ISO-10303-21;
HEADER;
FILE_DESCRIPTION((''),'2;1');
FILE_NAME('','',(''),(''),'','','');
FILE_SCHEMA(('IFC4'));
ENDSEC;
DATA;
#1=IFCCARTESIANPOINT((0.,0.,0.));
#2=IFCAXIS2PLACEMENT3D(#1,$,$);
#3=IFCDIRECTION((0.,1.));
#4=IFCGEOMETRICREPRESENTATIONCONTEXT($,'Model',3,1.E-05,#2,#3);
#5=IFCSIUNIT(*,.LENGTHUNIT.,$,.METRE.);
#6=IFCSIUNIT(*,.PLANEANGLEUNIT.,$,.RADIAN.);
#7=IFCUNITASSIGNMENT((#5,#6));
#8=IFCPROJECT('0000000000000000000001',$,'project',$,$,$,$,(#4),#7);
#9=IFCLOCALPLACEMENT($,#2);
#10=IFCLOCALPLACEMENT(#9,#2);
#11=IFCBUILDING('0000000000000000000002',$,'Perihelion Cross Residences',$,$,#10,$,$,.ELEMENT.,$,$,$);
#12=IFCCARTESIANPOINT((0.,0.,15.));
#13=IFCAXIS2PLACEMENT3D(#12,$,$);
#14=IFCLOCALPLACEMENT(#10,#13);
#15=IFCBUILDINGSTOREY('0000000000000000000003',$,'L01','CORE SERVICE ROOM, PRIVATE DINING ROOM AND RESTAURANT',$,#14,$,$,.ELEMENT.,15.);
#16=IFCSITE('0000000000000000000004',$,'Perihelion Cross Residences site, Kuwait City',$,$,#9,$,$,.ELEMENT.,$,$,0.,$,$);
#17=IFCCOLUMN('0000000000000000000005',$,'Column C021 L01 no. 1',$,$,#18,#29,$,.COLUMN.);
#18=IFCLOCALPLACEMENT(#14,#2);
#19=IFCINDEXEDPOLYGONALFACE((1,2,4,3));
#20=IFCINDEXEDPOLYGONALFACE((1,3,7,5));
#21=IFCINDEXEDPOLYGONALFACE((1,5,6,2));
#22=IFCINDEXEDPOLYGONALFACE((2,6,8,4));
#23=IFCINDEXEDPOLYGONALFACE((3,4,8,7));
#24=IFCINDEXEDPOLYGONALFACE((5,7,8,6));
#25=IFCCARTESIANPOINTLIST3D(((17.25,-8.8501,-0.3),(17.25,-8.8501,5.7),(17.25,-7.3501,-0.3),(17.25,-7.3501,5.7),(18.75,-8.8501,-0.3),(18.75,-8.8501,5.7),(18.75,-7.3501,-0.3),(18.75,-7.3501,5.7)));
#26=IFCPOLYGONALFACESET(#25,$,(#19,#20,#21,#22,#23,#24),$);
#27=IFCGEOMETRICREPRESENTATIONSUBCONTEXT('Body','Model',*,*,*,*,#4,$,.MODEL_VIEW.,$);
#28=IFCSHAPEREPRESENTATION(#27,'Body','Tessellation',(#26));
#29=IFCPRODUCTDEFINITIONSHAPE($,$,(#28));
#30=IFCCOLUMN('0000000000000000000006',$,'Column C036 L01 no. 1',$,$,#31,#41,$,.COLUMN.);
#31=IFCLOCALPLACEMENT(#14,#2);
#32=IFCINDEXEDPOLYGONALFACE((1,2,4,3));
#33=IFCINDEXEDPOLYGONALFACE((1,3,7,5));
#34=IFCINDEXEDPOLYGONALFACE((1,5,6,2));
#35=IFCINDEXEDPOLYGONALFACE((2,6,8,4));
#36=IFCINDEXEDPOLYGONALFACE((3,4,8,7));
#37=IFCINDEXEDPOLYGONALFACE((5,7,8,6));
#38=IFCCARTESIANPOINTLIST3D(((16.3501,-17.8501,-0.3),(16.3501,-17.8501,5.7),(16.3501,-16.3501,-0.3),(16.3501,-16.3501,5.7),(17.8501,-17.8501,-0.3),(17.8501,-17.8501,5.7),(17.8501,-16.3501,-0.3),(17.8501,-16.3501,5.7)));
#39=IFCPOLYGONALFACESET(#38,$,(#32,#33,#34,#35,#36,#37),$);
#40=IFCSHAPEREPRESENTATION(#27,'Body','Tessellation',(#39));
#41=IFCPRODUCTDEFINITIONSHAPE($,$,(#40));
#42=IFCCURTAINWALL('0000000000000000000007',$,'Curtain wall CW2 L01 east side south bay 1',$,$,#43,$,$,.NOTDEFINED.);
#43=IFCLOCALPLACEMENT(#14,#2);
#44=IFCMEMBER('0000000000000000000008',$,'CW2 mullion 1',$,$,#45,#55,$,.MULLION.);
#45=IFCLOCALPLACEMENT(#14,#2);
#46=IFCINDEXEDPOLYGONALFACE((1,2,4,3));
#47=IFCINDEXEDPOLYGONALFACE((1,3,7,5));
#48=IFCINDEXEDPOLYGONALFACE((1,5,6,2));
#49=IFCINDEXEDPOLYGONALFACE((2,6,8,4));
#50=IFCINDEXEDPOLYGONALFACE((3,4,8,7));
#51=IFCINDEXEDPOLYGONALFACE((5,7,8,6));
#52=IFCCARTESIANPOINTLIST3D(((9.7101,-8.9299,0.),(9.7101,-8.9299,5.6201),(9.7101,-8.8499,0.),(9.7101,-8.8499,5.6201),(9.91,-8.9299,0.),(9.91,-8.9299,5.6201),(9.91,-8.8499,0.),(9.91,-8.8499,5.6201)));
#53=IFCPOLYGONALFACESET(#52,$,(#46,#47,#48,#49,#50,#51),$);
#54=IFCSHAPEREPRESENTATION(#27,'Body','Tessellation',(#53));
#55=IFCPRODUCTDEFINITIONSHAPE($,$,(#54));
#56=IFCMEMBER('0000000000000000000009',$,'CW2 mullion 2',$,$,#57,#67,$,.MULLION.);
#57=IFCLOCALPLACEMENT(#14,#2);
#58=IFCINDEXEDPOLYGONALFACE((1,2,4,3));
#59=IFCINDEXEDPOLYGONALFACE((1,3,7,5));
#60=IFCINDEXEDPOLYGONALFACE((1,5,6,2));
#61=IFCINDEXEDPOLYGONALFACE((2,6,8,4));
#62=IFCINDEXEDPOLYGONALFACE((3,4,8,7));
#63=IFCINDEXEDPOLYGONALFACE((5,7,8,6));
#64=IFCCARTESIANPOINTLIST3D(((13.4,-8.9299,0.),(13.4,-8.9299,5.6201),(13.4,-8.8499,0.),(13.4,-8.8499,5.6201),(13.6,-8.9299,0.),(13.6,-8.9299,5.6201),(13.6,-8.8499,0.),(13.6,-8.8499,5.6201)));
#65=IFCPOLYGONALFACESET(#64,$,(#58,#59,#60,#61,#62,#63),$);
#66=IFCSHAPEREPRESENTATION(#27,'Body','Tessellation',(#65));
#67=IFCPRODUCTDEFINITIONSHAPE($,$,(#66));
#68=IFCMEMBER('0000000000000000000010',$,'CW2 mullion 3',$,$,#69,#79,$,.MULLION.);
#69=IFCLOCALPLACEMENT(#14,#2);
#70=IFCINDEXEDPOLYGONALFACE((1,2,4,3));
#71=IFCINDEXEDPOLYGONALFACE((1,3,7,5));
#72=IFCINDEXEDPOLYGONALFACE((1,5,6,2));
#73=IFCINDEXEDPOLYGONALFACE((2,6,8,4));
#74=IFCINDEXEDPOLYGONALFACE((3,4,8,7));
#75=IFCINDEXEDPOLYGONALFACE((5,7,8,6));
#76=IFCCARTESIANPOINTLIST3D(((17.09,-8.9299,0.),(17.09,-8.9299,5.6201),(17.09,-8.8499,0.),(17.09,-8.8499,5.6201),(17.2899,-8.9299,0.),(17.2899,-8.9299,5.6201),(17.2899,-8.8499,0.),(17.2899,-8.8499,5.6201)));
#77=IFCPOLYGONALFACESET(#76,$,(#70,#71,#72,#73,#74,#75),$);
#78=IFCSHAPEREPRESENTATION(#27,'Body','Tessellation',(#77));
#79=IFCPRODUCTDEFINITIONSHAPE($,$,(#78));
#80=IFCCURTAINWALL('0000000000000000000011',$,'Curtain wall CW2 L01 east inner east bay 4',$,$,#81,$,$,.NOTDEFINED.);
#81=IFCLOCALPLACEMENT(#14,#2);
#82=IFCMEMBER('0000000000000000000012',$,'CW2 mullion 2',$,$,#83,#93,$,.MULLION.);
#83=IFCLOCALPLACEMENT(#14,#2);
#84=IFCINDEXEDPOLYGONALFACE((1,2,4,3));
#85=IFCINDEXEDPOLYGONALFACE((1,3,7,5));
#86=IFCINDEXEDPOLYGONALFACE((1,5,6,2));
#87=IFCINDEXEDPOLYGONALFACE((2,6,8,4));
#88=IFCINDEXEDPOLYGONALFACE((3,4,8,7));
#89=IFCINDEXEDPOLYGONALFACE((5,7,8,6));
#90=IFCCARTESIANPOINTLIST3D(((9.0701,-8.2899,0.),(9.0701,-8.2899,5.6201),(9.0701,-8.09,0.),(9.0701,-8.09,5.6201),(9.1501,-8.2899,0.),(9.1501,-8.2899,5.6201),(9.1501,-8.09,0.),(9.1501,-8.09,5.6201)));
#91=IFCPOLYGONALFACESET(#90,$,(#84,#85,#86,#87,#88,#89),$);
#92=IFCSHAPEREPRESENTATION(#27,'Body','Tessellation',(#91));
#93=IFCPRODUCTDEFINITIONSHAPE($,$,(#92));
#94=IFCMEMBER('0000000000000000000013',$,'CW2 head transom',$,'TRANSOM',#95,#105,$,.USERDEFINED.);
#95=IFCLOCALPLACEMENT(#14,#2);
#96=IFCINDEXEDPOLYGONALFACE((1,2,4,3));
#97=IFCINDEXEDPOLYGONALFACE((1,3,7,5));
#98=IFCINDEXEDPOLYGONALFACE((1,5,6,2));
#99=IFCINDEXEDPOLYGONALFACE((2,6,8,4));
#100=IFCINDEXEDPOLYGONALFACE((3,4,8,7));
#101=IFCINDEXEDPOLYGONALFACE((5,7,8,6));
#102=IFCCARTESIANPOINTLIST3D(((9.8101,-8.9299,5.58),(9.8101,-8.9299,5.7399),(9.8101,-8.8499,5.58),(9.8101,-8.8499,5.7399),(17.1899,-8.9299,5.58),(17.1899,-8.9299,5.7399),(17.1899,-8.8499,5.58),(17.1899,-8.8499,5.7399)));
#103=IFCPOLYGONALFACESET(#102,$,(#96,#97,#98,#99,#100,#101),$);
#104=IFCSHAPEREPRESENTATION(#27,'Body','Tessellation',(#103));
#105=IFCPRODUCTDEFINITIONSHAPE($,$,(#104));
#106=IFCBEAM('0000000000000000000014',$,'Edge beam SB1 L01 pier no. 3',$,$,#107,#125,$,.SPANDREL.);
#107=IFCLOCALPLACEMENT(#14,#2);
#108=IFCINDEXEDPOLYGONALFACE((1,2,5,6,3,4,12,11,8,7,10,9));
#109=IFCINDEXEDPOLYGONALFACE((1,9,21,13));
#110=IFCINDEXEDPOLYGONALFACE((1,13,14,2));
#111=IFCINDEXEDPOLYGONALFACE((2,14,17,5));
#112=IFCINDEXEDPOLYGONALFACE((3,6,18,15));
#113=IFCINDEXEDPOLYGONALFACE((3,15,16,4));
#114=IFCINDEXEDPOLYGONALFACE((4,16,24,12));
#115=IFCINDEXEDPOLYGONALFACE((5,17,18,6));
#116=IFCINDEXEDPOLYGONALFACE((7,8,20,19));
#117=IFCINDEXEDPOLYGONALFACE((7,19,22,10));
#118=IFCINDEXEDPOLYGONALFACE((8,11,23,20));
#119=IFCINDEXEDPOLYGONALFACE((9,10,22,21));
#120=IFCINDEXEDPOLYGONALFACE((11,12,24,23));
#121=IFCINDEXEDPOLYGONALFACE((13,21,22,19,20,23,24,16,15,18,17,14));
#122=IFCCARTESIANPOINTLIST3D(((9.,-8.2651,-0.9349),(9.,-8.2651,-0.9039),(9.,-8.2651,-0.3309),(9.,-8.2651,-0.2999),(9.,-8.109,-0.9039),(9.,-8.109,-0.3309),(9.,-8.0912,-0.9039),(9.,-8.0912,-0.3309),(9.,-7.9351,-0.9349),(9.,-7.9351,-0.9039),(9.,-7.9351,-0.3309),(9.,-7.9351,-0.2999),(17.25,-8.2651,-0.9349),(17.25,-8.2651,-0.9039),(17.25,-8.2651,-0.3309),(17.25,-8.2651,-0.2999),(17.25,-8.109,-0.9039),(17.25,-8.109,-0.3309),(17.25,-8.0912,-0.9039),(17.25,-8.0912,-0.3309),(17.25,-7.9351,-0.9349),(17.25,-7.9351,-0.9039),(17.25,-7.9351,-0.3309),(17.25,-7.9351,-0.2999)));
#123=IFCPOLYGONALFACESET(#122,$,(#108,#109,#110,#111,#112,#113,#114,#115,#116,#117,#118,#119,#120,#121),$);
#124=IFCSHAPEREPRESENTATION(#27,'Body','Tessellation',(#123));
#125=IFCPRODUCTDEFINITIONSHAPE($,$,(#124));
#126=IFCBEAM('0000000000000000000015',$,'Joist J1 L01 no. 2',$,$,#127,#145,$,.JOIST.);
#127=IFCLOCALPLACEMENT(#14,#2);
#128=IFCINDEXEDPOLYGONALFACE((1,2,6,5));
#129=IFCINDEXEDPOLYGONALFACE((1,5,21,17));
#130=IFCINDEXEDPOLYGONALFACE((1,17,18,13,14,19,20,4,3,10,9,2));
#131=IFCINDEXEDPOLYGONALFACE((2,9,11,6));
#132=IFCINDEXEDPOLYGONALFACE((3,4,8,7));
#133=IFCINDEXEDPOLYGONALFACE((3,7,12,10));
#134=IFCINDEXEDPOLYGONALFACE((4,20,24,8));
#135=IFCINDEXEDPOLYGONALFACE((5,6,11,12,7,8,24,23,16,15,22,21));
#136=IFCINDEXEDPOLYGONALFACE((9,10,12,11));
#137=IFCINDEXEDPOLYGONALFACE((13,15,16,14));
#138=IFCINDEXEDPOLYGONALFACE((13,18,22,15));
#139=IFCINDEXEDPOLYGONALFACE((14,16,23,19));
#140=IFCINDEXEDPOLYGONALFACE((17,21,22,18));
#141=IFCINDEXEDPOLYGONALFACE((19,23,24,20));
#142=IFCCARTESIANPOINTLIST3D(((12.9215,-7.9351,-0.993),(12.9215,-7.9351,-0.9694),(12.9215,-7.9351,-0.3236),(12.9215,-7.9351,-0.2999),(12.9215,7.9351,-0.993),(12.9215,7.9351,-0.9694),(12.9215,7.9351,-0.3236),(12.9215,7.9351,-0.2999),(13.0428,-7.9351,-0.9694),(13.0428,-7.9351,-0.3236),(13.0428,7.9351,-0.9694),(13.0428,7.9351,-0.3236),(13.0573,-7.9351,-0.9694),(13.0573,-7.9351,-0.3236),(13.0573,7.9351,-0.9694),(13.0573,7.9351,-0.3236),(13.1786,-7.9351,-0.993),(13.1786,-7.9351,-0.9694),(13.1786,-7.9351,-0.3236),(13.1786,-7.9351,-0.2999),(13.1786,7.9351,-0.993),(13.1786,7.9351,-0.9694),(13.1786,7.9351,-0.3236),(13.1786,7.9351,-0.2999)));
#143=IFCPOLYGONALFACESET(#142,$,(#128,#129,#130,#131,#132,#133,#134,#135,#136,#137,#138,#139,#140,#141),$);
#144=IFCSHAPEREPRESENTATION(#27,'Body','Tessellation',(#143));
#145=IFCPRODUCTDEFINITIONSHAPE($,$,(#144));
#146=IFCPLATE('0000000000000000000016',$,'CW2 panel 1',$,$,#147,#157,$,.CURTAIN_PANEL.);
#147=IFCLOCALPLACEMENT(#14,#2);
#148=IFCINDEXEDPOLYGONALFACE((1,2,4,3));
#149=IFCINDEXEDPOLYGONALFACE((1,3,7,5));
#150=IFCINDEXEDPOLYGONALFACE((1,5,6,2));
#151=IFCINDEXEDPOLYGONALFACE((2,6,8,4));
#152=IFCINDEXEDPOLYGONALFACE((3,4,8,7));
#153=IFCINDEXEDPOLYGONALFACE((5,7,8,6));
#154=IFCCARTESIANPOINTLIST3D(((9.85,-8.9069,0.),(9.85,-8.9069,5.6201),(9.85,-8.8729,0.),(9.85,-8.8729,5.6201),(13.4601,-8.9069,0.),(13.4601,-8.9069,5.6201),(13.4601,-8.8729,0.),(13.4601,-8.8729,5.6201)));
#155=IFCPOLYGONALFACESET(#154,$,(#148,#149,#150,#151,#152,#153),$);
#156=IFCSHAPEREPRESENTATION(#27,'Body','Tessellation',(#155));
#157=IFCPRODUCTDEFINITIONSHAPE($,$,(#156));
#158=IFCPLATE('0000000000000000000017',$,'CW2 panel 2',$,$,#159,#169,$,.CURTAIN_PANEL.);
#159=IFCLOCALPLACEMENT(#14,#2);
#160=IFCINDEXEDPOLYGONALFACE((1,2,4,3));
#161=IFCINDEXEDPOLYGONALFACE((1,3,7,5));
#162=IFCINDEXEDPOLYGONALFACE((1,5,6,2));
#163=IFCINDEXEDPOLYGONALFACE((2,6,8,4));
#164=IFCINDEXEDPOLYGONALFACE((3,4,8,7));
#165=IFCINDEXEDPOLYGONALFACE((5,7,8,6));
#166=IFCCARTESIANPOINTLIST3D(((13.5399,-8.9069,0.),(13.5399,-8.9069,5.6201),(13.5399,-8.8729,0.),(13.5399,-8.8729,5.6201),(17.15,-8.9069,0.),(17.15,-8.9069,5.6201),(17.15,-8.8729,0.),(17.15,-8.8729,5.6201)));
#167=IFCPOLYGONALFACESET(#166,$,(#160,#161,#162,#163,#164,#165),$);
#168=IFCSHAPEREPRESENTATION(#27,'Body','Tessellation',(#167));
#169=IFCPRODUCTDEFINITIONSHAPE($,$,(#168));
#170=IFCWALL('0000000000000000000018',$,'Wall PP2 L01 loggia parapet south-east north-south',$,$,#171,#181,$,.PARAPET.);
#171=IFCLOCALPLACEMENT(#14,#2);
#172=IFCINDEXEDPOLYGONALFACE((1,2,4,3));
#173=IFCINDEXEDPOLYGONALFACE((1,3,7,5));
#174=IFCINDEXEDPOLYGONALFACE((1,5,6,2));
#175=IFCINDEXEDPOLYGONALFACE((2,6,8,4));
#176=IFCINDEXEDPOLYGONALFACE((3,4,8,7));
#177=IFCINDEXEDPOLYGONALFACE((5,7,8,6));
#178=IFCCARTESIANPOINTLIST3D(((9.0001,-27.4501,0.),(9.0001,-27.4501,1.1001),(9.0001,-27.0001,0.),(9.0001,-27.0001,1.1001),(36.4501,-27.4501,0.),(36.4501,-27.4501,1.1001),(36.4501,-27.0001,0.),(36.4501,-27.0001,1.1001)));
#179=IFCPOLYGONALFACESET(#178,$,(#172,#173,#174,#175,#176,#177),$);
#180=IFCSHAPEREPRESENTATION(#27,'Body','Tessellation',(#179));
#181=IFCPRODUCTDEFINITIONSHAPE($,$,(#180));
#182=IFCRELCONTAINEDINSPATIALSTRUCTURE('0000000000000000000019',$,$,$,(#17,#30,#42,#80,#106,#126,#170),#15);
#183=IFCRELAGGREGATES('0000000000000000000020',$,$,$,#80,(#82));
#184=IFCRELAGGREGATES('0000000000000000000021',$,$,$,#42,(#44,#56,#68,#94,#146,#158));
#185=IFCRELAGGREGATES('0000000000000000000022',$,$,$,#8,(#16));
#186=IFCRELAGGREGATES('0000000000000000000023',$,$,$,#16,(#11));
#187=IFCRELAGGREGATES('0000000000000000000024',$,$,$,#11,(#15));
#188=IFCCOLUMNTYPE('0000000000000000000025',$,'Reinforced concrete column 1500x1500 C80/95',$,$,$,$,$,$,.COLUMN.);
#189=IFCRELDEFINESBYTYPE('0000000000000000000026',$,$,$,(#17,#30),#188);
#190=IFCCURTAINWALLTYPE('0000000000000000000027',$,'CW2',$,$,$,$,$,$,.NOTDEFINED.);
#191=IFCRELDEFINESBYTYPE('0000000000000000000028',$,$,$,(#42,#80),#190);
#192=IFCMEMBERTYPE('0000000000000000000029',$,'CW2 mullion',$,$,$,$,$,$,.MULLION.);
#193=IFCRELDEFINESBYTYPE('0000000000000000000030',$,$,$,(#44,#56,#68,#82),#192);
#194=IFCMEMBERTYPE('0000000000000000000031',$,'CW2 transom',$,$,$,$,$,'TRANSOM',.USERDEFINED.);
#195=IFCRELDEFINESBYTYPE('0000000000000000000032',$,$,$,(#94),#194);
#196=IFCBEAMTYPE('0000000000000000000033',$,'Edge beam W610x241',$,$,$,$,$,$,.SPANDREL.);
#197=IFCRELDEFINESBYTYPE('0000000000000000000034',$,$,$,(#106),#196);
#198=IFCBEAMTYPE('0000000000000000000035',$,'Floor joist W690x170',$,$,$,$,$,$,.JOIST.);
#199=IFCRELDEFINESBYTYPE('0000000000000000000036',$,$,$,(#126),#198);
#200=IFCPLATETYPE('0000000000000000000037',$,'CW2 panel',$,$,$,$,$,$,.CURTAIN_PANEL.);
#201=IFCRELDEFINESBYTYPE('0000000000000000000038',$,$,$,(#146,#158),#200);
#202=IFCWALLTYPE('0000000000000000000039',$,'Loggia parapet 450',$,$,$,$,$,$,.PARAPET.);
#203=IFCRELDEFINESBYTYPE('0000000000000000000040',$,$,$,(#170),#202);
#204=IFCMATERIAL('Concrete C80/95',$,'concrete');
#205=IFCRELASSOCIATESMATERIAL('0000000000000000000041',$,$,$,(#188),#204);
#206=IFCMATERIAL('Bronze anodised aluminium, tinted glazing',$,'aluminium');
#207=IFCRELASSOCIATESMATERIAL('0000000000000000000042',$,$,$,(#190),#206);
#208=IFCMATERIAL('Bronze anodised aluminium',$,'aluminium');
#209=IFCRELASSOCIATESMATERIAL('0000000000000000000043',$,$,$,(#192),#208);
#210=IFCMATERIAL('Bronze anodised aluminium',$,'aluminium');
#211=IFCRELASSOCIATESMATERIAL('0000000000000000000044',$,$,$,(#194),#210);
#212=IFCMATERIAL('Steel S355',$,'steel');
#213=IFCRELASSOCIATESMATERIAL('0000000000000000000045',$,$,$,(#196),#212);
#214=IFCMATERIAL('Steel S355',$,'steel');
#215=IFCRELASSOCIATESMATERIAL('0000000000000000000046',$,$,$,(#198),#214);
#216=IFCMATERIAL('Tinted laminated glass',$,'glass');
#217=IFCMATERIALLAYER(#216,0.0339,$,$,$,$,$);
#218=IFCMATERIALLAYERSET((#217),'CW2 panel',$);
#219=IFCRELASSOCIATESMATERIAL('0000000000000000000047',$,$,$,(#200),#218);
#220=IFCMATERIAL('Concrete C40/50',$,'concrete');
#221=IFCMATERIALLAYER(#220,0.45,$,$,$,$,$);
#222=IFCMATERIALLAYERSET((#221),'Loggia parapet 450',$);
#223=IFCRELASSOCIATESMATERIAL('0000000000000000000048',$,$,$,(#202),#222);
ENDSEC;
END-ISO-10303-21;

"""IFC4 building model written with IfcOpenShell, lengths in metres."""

from ifc_helpers import new_model, si_unit, direction, frame, frame_2d, origin, origin_2d, place, context, subcontext, project, spatial, rectangle, i_section, extrude, material, layer, layer_set, material_profile, profile_set, type_object, element, aggregate, save


model = new_model("IFC4")

# Units and contexts
model_context = context("Model", 3, precision=1e-05, world=origin(), true_north=direction((0.0, 1.0)))
body_context = subcontext(model_context, "Body", "Model", "MODEL_VIEW")
ifc_project = project(units=[si_unit("LENGTHUNIT", "METRE"), si_unit("PLANEANGLEUNIT", "RADIAN")], contexts=[model_context])

# Site, building, storey
site_placement = place(None, origin())
site = spatial("IfcSite", under=ifc_project, at=site_placement, Name="Perihelion Cross Residences site, Kuwait City", CompositionType="ELEMENT", RefElevation=0.0)
building_placement = place(site_placement, origin())
building = spatial("IfcBuilding", under=site, at=building_placement, Name="Perihelion Cross Residences", CompositionType="ELEMENT")
storey_placement = place(building_placement, frame((0.0, 0.0, 15.0)))
storey = spatial("IfcBuildingStorey", under=building, at=storey_placement, Name="L01", Description="CORE SERVICE ROOM, PRIVATE DINING ROOM AND RESTAURANT", CompositionType="ELEMENT", Elevation=15.0)

# Columns
ifc_material_1 = material(Name="Concrete C80/95", Category="concrete")
ifc_material_profile_1 = material_profile(ifc_material_1, rectangle(XDim=1.5, YDim=1.5, at=origin_2d()), Name="RC 1500x1500")
ifc_profile_set_1 = profile_set([ifc_material_profile_1], Name="Concrete C80/95")
column_type = type_object("IfcColumnType", Name="Reinforced concrete column 1500x1500 C80/95", PredefinedType="COLUMN", material=ifc_profile_set_1)
for number, where, z_axis, x_axis, name in (
    (1, (18.0, -8.1001, -0.3), (0.0, 0.0, 1.0), (1.0, 0.0, 0.0), "Column C021 L01 no. 1"),
    (2, (17.1001, -17.1001, -0.3), (0.0, 0.0, 1.0), (1.0, 0.0, 0.0), "Column C036 L01 no. 1"),
):
    element("IfcColumn", number, at=place(storey_placement, frame(where, z_axis=z_axis, x_axis=x_axis)), inside=storey, type_object=column_type, Name=name, PredefinedType="COLUMN", context=body_context, shape_type="SweptSolid", body=[
        extrude(rectangle(XDim=1.5, YDim=1.5, at=origin_2d()), origin(), (0.0, 0.0, 1.0), 6.0),
    ])

# Curtain wall, members
ifc_material_2 = material(Name="Bronze anodised aluminium, tinted glazing", Category="aluminium")
curtain_wall_type = type_object("IfcCurtainWallType", Name="CW2", PredefinedType="NOTDEFINED", material=ifc_material_2)
curtain_wall_1_placement = place(storey_placement, origin())
curtain_wall_1 = element("IfcCurtainWall", 3, at=curtain_wall_1_placement, inside=storey, type_object=curtain_wall_type, Name="Curtain wall CW2 L01 east side south bay 1", PredefinedType="NOTDEFINED")
ifc_material_3 = material(Name="Bronze anodised aluminium", Category="aluminium")
ifc_material_profile_2 = material_profile(ifc_material_3, rectangle(XDim=0.0801, YDim=0.2, at=origin_2d()), Name="CW2 mullion")
ifc_profile_set_2 = profile_set([ifc_material_profile_2], Name="Bronze anodised aluminium")
member_type_1 = type_object("IfcMemberType", Name="CW2 mullion", PredefinedType="MULLION", material=ifc_profile_set_2)
member_1_placement = place(storey_placement, frame((9.8101, -8.8899, 0.0), z_axis=(0.0, 0.0, 1.0), x_axis=(0.0, 1.0, 0.0)))
member_1 = element("IfcMember", 4, at=member_1_placement, type_object=member_type_1, Name="CW2 mullion 1", PredefinedType="MULLION", context=body_context, shape_type="SweptSolid", body=[
    extrude(rectangle(XDim=0.0801, YDim=0.2, at=origin_2d()), origin(), (0.0, 0.0, 1.0), 5.6201),
])
member_2_placement = place(storey_placement, frame((13.5, -8.8899, 0.0), z_axis=(0.0, 0.0, 1.0), x_axis=(0.0, 1.0, 0.0)))
member_2 = element("IfcMember", 5, at=member_2_placement, type_object=member_type_1, Name="CW2 mullion 2", PredefinedType="MULLION", context=body_context, shape_type="SweptSolid", body=[
    extrude(rectangle(XDim=0.0801, YDim=0.2, at=origin_2d()), origin(), (0.0, 0.0, 1.0), 5.6201),
])
member_3_placement = place(storey_placement, frame((17.1899, -8.8899, 0.0), z_axis=(0.0, 0.0, 1.0), x_axis=(0.0, 1.0, 0.0)))
member_3 = element("IfcMember", 6, at=member_3_placement, type_object=member_type_1, Name="CW2 mullion 3", PredefinedType="MULLION", context=body_context, shape_type="SweptSolid", body=[
    extrude(rectangle(XDim=0.0801, YDim=0.2, at=origin_2d()), origin(), (0.0, 0.0, 1.0), 5.6201),
])

# Curtain wall, member
curtain_wall_2_placement = place(storey_placement, origin())
curtain_wall_2 = element("IfcCurtainWall", 7, at=curtain_wall_2_placement, inside=storey, type_object=curtain_wall_type, Name="Curtain wall CW2 L01 east inner east bay 4", PredefinedType="NOTDEFINED")
member_4_placement = place(storey_placement, frame((9.1101, -8.1899, 0.0), z_axis=(0.0, 0.0, 1.0), x_axis=(1.0, 0.0, 0.0)))
member_4 = element("IfcMember", 8, at=member_4_placement, type_object=member_type_1, Name="CW2 mullion 2", PredefinedType="MULLION", context=body_context, shape_type="SweptSolid", body=[
    extrude(rectangle(XDim=0.0801, YDim=0.2, at=origin_2d()), origin(), (0.0, 0.0, 1.0), 5.6201),
])
aggregate(curtain_wall_2, [member_4])

# Member
ifc_material_4 = material(Name="Bronze anodised aluminium", Category="aluminium")
ifc_material_profile_3 = material_profile(ifc_material_4, rectangle(XDim=0.0801, YDim=0.1599, at=origin_2d()), Name="CW2 transom")
ifc_profile_set_3 = profile_set([ifc_material_profile_3], Name="Bronze anodised aluminium")
member_type_2 = type_object("IfcMemberType", Name="CW2 transom", ElementType="TRANSOM", PredefinedType="USERDEFINED", material=ifc_profile_set_3)
member_5_placement = place(storey_placement, frame((9.8101, -8.8899, 5.6599), z_axis=(1.0, 0.0, 0.0), x_axis=(0.0, 1.0, 0.0)))
member_5 = element("IfcMember", 9, at=member_5_placement, type_object=member_type_2, Name="CW2 head transom", ObjectType="TRANSOM", PredefinedType="USERDEFINED", context=body_context, shape_type="SweptSolid", body=[
    extrude(rectangle(XDim=0.0801, YDim=0.1599, at=origin_2d()), origin(), (0.0, 0.0, 1.0), 7.3799),
])

# Beams
ifc_material_5 = material(Name="Steel S355", Category="steel")
ifc_material_profile_4 = material_profile(ifc_material_5, i_section(OverallWidth=0.3301, OverallDepth=0.635, WebThickness=0.0178, FlangeThickness=0.031, at=origin_2d()), Name="W610x241")
ifc_profile_set_4 = profile_set([ifc_material_profile_4], Name="Steel S355")
beam_type_1 = type_object("IfcBeamType", Name="Edge beam W610x241", PredefinedType="SPANDREL", material=ifc_profile_set_4)
beam_1_placement = place(storey_placement, frame((9.0, -8.1001, -0.6174), z_axis=(1.0, 0.0, 0.0), x_axis=(0.0, 1.0, 0.0)))
element("IfcBeam", 10, at=beam_1_placement, inside=storey, type_object=beam_type_1, Name="Edge beam SB1 L01 pier no. 3", PredefinedType="SPANDREL", context=body_context, shape_type="SweptSolid", body=[
    extrude(i_section(OverallWidth=0.3301, OverallDepth=0.635, WebThickness=0.0178, FlangeThickness=0.031, at=origin_2d()), origin(), (0.0, 0.0, 1.0), 8.25),
])
ifc_material_6 = material(Name="Steel S355", Category="steel")
ifc_material_profile_5 = material_profile(ifc_material_6, i_section(OverallWidth=0.2571, OverallDepth=0.6931, WebThickness=0.0144, FlangeThickness=0.0237, at=origin_2d()), Name="W690x170")
ifc_profile_set_5 = profile_set([ifc_material_profile_5], Name="Steel S355")
beam_type_2 = type_object("IfcBeamType", Name="Floor joist W690x170", PredefinedType="JOIST", material=ifc_profile_set_5)
beam_2_placement = place(storey_placement, frame((13.05, -7.9351, -0.6465), z_axis=(0.0, 1.0, 0.0), x_axis=(-1.0, 0.0, 0.0)))
element("IfcBeam", 11, at=beam_2_placement, inside=storey, type_object=beam_type_2, Name="Joist J1 L01 no. 2", PredefinedType="JOIST", context=body_context, shape_type="SweptSolid", body=[
    extrude(i_section(OverallWidth=0.2571, OverallDepth=0.6931, WebThickness=0.0144, FlangeThickness=0.0237, at=origin_2d()), origin(), (0.0, 0.0, 1.0), 15.8701),
])

# Plates
ifc_material_7 = material(Name="Tinted laminated glass", Category="glass")
ifc_layer_1 = layer(ifc_material_7, 0.0339)
ifc_layer_set_1 = layer_set([ifc_layer_1], Name="CW2 panel")
plate_type = type_object("IfcPlateType", Name="CW2 panel", PredefinedType="CURTAIN_PANEL", material=ifc_layer_set_1)
plate_1_placement = place(storey_placement, frame((11.655, -8.8899, 0.0), z_axis=(0.0, 0.0, 1.0), x_axis=(1.0, 0.0, 0.0)))
plate_1 = element("IfcPlate", 12, at=plate_1_placement, type_object=plate_type, Name="CW2 panel 1", PredefinedType="CURTAIN_PANEL", context=body_context, shape_type="SweptSolid", body=[
    extrude(rectangle(XDim=3.6101, YDim=0.0339, at=origin_2d()), origin(), (0.0, 0.0, 1.0), 5.6201),
])
plate_2_placement = place(storey_placement, frame((15.345, -8.8899, 0.0), z_axis=(0.0, 0.0, 1.0), x_axis=(1.0, 0.0, 0.0)))
plate_2 = element("IfcPlate", 13, at=plate_2_placement, type_object=plate_type, Name="CW2 panel 2", PredefinedType="CURTAIN_PANEL", context=body_context, shape_type="SweptSolid", body=[
    extrude(rectangle(XDim=3.6101, YDim=0.0339, at=origin_2d()), origin(), (0.0, 0.0, 1.0), 5.6201),
])
aggregate(curtain_wall_1, [member_1, member_2, member_3, member_5, plate_1, plate_2])

# Wall
ifc_material_8 = material(Name="Concrete C40/50", Category="concrete")
ifc_layer_2 = layer(ifc_material_8, 0.45)
ifc_layer_set_2 = layer_set([ifc_layer_2], Name="Loggia parapet 450")
wall_type = type_object("IfcWallType", Name="Loggia parapet 450", PredefinedType="PARAPET", material=ifc_layer_set_2)
wall_placement = place(storey_placement, frame((9.0, -27.2251, 0.0), z_axis=(0.0, 0.0, 1.0), x_axis=(1.0, 0.0, 0.0)))
element("IfcWall", 14, at=wall_placement, inside=storey, type_object=wall_type, Name="Wall PP2 L01 loggia parapet south-east north-south", PredefinedType="PARAPET", context=body_context, shape_type="SweptSolid", body=[
    extrude(rectangle(XDim=27.45, YDim=0.45, at=frame_2d((13.7251, 0.0))), origin(), (0.0, 0.0, 1.0), 1.1001),
])

save(model, "model.ifc")
